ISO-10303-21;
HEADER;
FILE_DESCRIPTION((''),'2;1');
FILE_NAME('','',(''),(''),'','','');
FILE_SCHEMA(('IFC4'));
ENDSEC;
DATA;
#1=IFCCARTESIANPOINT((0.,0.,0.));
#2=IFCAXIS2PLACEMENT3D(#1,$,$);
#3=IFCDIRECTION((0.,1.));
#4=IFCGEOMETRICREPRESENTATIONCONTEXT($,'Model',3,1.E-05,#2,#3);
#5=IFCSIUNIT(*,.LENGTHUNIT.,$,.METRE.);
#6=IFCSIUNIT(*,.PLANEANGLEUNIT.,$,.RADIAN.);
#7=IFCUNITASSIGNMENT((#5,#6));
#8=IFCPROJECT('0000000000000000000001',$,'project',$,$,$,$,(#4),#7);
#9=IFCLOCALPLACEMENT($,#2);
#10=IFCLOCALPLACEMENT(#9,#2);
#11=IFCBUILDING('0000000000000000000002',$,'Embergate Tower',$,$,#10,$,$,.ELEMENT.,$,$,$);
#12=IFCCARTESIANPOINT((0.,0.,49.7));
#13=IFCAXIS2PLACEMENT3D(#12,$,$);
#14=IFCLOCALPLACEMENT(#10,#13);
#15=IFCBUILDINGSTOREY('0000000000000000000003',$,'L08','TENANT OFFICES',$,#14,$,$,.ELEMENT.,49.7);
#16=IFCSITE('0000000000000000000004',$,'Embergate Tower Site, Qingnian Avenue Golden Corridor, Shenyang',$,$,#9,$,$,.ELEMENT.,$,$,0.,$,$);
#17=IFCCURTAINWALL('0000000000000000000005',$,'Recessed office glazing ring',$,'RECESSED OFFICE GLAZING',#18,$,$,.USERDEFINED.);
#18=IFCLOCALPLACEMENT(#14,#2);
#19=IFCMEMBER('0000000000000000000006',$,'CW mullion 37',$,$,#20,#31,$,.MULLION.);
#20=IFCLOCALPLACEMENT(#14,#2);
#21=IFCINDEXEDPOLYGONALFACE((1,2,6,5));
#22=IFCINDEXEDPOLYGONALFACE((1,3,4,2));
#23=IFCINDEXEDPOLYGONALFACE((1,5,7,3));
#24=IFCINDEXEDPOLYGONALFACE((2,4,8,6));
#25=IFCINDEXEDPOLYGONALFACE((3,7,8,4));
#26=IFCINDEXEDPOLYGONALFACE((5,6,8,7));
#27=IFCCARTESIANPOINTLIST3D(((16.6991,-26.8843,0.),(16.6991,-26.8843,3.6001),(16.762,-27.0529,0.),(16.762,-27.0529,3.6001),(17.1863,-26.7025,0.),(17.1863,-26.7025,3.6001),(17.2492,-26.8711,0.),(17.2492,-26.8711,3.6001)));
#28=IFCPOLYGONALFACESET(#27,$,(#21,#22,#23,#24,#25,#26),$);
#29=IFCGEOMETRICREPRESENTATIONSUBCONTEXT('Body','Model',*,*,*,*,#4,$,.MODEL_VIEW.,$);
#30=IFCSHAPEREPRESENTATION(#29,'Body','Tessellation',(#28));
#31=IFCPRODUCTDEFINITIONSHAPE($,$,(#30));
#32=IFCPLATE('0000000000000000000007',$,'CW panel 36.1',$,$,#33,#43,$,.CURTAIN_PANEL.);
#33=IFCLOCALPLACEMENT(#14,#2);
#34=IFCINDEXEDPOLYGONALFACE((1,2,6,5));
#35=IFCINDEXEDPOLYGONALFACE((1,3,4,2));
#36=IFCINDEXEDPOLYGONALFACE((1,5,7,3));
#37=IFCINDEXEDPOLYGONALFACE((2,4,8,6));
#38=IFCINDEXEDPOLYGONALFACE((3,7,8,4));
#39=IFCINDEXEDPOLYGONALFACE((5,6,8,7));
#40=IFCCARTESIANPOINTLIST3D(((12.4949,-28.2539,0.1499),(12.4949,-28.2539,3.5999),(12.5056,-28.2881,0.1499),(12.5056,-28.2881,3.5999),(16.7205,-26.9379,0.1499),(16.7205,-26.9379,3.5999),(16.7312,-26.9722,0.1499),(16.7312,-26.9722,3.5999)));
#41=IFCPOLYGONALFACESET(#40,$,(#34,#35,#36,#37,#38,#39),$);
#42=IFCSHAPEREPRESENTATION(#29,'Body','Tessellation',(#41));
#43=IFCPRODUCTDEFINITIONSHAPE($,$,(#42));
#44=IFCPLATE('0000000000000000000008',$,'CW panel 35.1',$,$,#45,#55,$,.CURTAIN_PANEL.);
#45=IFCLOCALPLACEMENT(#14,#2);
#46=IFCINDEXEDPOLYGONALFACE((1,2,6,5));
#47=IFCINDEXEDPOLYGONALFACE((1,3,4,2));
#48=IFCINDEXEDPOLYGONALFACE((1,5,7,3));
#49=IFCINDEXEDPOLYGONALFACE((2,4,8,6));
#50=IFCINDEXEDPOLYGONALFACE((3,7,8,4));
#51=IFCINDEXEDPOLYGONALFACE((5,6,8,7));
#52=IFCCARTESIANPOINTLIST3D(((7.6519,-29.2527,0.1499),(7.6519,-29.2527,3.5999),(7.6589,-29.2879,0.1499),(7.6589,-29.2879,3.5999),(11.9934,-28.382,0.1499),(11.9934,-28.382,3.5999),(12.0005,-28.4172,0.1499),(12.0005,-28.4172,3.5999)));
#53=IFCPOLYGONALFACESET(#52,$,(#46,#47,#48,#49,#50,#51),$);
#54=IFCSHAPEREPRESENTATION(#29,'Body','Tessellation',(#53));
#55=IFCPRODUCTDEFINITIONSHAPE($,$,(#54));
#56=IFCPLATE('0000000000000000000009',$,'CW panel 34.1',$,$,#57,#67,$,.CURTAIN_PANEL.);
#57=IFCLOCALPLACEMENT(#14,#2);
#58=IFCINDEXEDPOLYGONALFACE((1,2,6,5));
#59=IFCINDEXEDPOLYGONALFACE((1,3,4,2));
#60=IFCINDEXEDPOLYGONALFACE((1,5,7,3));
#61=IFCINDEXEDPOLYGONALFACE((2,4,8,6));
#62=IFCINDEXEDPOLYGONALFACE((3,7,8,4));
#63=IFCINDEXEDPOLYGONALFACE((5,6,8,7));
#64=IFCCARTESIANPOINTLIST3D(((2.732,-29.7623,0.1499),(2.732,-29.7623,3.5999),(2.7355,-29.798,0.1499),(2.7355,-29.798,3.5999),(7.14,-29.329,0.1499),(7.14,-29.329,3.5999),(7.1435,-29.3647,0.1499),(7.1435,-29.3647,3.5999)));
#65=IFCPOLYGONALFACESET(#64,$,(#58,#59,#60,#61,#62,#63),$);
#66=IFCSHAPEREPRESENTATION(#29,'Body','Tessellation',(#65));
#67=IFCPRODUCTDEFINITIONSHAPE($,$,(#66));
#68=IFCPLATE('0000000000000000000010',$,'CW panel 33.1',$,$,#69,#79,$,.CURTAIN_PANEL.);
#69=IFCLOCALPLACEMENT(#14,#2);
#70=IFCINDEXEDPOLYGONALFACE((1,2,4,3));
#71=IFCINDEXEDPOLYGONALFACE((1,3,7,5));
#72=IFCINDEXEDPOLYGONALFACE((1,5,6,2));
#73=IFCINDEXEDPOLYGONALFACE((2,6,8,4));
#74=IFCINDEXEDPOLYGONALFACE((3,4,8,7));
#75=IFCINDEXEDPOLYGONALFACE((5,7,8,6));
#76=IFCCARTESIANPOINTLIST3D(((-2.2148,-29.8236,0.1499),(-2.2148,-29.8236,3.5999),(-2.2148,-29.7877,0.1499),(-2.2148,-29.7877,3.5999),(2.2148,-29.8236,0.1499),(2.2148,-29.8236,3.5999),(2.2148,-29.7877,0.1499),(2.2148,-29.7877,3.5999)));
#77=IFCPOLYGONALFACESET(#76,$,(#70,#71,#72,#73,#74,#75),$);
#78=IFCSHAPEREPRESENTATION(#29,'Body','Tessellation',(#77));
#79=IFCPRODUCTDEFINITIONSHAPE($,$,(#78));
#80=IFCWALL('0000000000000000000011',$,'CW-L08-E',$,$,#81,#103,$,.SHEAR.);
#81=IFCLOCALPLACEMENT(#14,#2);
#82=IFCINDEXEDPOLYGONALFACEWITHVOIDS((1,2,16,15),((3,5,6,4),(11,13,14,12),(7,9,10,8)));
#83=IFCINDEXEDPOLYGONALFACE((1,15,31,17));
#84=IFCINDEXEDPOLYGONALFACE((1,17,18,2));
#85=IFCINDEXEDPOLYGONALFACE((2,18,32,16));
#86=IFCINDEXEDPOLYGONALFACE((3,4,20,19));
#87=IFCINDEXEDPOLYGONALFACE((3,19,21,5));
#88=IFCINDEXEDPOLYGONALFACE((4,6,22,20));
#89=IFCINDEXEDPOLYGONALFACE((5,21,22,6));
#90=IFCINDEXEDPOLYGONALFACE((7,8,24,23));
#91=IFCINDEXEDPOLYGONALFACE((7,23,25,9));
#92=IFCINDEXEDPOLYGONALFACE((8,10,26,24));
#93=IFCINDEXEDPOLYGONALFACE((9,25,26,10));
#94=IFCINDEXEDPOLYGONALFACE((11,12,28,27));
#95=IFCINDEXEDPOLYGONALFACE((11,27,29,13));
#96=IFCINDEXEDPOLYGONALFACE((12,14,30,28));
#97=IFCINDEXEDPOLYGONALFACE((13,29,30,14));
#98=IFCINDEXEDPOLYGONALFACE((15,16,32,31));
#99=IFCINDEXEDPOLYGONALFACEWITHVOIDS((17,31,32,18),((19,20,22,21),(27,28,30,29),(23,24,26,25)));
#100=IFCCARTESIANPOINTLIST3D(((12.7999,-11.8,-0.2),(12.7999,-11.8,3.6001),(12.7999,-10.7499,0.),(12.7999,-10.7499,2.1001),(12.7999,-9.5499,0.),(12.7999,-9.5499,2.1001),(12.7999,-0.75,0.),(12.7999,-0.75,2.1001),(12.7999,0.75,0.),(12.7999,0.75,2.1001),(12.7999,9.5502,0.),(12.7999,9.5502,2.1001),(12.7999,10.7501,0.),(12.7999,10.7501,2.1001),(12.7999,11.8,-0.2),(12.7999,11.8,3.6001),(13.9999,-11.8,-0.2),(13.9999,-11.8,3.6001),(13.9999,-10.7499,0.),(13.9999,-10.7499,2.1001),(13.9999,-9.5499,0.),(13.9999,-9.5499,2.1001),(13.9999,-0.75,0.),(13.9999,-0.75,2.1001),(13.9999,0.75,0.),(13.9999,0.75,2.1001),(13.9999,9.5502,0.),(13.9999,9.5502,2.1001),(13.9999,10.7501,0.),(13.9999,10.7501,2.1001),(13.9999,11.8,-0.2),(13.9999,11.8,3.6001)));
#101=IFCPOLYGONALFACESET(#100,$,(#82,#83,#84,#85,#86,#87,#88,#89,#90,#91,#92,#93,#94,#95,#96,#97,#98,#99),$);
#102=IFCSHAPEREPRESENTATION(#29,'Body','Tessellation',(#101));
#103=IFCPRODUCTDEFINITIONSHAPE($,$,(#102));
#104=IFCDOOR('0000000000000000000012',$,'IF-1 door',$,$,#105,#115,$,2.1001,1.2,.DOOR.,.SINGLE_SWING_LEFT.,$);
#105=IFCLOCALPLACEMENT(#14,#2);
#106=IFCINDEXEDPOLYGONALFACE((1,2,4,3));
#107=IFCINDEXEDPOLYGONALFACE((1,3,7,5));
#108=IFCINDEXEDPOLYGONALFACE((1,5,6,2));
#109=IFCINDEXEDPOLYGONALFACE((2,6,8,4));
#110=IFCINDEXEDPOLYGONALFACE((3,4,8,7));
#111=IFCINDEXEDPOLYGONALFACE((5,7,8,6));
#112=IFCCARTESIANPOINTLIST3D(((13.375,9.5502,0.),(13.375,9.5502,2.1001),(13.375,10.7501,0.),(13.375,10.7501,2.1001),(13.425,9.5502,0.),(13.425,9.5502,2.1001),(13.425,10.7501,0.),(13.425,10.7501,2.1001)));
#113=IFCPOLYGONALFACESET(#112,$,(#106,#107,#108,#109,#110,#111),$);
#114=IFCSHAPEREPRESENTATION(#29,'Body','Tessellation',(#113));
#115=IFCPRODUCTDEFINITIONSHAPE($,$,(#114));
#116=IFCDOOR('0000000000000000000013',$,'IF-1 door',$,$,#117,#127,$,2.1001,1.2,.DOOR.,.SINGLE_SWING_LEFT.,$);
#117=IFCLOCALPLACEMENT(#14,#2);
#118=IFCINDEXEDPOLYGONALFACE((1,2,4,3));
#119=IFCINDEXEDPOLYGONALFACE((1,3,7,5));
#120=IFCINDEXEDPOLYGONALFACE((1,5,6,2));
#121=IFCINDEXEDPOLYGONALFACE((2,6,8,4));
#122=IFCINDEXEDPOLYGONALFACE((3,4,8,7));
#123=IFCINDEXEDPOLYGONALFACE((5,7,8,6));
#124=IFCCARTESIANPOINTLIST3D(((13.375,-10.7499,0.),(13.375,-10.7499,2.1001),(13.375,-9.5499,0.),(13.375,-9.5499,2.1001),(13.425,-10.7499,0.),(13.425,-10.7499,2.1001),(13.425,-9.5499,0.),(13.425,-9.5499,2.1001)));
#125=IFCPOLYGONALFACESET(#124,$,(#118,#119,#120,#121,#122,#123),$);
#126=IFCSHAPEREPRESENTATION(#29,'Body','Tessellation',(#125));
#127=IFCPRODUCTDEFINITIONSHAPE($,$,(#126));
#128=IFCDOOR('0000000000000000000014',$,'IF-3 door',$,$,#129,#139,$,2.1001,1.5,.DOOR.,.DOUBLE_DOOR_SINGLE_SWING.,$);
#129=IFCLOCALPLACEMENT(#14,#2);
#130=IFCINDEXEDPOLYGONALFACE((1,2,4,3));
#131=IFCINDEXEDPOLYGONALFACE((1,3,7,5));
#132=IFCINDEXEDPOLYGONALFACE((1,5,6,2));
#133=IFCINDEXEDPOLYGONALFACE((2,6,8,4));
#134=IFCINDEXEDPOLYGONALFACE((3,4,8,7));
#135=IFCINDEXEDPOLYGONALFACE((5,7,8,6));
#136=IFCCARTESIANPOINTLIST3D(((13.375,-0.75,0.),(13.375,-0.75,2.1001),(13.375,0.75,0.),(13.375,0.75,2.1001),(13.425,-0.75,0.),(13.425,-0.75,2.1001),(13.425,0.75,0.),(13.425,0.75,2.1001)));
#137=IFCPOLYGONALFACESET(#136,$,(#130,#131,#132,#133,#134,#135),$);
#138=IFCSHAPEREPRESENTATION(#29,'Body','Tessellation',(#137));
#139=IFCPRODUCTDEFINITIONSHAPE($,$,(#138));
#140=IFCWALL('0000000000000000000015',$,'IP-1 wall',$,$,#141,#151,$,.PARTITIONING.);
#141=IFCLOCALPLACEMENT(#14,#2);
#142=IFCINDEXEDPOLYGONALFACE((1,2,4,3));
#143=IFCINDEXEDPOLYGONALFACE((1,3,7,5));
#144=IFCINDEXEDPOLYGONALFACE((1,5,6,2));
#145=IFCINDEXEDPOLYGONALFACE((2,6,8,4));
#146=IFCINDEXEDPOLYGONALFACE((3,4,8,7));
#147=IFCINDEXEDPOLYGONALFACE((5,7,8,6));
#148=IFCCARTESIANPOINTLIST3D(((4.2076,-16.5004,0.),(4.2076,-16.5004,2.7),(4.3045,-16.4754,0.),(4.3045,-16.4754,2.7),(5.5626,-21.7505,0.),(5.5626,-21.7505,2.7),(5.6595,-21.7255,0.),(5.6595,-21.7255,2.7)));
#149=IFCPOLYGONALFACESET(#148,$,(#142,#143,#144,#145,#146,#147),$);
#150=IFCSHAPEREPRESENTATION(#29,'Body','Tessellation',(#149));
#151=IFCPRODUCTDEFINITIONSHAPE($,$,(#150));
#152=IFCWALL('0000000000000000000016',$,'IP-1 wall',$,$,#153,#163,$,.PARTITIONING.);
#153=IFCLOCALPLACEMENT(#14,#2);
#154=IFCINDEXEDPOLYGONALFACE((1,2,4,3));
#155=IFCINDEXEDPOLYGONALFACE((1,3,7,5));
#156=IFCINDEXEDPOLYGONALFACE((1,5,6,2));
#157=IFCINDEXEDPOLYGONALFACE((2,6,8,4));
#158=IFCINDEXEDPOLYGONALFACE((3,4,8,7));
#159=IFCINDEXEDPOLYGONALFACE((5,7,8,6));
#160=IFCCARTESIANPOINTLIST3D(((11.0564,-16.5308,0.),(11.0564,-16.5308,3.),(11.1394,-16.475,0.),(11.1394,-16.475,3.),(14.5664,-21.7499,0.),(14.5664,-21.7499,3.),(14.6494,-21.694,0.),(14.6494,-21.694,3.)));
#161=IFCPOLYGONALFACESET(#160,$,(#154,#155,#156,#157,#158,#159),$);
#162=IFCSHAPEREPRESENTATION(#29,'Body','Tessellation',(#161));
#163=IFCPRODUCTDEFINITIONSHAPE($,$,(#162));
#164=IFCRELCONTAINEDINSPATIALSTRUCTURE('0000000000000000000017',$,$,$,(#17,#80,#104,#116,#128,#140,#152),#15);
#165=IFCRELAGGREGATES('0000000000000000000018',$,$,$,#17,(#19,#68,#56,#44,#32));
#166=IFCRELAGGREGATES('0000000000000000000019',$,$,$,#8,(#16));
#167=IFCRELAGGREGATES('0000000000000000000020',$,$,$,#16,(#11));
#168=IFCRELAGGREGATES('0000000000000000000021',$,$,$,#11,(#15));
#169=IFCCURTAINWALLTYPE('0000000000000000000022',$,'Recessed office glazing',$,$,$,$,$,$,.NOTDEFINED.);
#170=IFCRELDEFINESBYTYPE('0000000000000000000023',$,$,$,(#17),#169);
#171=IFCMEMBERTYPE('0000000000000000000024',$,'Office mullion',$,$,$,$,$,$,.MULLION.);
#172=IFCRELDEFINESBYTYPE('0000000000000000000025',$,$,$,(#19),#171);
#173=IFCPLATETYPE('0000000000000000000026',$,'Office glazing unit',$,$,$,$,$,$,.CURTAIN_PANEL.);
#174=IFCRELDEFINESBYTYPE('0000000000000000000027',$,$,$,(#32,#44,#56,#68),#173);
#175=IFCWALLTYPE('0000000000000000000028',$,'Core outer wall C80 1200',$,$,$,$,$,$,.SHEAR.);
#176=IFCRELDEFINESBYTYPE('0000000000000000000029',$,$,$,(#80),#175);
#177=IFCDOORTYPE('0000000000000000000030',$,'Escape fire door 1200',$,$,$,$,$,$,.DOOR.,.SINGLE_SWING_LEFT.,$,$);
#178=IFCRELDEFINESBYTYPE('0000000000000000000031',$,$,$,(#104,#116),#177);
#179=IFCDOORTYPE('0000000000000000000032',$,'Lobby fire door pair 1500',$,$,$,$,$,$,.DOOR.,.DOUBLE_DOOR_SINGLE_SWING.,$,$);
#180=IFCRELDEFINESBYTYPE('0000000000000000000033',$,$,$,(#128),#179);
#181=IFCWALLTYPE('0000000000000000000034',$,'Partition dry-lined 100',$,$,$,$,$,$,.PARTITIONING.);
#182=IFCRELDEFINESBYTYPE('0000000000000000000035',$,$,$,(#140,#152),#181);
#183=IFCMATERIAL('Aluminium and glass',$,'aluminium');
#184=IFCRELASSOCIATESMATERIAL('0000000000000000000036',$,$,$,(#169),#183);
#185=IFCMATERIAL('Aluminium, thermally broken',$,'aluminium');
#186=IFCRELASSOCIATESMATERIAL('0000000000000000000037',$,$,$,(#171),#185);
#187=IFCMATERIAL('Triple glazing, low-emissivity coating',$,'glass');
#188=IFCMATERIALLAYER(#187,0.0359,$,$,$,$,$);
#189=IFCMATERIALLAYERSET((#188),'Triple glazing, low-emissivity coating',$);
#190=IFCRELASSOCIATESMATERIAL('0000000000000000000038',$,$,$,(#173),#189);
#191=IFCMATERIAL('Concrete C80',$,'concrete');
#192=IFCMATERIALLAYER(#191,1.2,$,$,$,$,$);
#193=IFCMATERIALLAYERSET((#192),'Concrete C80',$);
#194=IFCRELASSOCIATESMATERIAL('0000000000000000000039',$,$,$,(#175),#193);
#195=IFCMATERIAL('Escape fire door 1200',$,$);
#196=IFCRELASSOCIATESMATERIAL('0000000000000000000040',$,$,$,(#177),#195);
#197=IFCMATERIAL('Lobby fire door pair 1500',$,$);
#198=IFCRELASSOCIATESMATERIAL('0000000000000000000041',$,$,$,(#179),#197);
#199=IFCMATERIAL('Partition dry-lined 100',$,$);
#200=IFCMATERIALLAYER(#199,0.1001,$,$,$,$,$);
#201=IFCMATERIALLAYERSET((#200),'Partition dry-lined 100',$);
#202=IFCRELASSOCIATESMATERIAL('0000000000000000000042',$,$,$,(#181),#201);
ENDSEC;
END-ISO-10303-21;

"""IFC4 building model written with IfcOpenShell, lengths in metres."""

from ifc_helpers import new_model, si_unit, direction, frame, frame_2d, origin, origin_2d, place, context, subcontext, project, spatial, rectangle, extrude, source, transform, mapped, material, layer, layer_set, material_profile, profile_set, type_object, element, fill, aggregate, save


model = new_model("IFC4")

# Units and contexts
model_context = context("Model", 3, precision=1e-05, world=origin(), true_north=direction((0.0, 1.0)))
body_context = subcontext(model_context, "Body", "Model", "MODEL_VIEW")
ifc_project = project(units=[si_unit("LENGTHUNIT", "METRE"), si_unit("PLANEANGLEUNIT", "RADIAN")], contexts=[model_context])

# Site, building, storey
site_placement = place(None, origin())
site = spatial("IfcSite", under=ifc_project, at=site_placement, Name="Embergate Tower Site, Qingnian Avenue Golden Corridor, Shenyang", CompositionType="ELEMENT", RefElevation=0.0)
building_placement = place(site_placement, origin())
building = spatial("IfcBuilding", under=site, at=building_placement, Name="Embergate Tower", CompositionType="ELEMENT")
storey_placement = place(building_placement, frame((0.0, 0.0, 49.7)))
storey = spatial("IfcBuildingStorey", under=building, at=storey_placement, Name="L08", Description="TENANT OFFICES", CompositionType="ELEMENT", Elevation=49.7)

# Curtain wall, member, plates
ifc_material_1 = material(Name="Aluminium and glass", Category="aluminium")
curtain_wall_type = type_object("IfcCurtainWallType", Name="Recessed office glazing", PredefinedType="NOTDEFINED", material=ifc_material_1)
curtain_wall_placement = place(storey_placement, origin())
curtain_wall = element("IfcCurtainWall", 1, at=curtain_wall_placement, inside=storey, type_object=curtain_wall_type, Name="Recessed office glazing ring", ObjectType="RECESSED OFFICE GLAZING", PredefinedType="USERDEFINED")
ifc_material_2 = material(Name="Aluminium, thermally broken", Category="aluminium")
ifc_material_profile_1 = material_profile(ifc_material_2, rectangle(XDim=0.1799, YDim=0.52, at=origin_2d()), Name="AL 520x180")
ifc_profile_set_1 = profile_set([ifc_material_profile_1], Name="Aluminium, thermally broken")
member_type_1 = type_object("IfcMemberType", Name="Office mullion", PredefinedType="MULLION", material=ifc_profile_set_1)
shared_shape_1 = source(origin(), body_context, "Body", "SweptSolid", [
    extrude(rectangle(XDim=0.1799, YDim=0.52, at=origin_2d()), origin(), (0.0, 0.0, 1.0), 3.6001),
])
member_1_placement = place(storey_placement, frame((16.9741, -26.8777, 0.0), z_axis=(0.0, 0.0, 1.0), x_axis=(-0.349503, 0.936935, 0.0)))
member_1 = element("IfcMember", 2, at=member_1_placement, type_object=member_type_1, Name="CW mullion 37", PredefinedType="MULLION", context=body_context, shape_type="MappedRepresentation", body=[
    mapped(shared_shape_1, transform((0.0, 0.0, 0.0))),
])
ifc_material_3 = material(Name="Triple glazing, low-emissivity coating", Category="glass")
ifc_layer_1 = layer(ifc_material_3, 0.0359)
ifc_layer_set_1 = layer_set([ifc_layer_1], Name="Triple glazing, low-emissivity coating")
plate_type = type_object("IfcPlateType", Name="Office glazing unit", PredefinedType="CURTAIN_PANEL", material=ifc_layer_set_1)
shared_shape_2 = source(origin(), body_context, "Body", "SweptSolid", [
    extrude(rectangle(XDim=4.4258, YDim=0.0359, at=origin_2d()), origin(), (0.0, 0.0, 1.0), 3.45),
])
plate_1_placement = place(storey_placement, frame((14.613, -27.613, 0.1499), z_axis=(0.0, 0.0, 1.0), x_axis=(0.954772, 0.297338, 0.0)))
plate_1 = element("IfcPlate", 3, at=plate_1_placement, type_object=plate_type, Name="CW panel 36.1", PredefinedType="CURTAIN_PANEL", context=body_context, shape_type="MappedRepresentation", body=[
    mapped(shared_shape_2, transform((0.0, 0.0, 0.0))),
])
shared_shape_3 = source(origin(), body_context, "Body", "SweptSolid", [
    extrude(rectangle(XDim=4.428, YDim=0.0359, at=origin_2d()), origin(), (0.0, 0.0, 1.0), 3.45),
])
plate_2_placement = place(storey_placement, frame((9.8262, -28.835, 0.1499), z_axis=(0.0, 0.0, 1.0), x_axis=(0.980476, 0.196639, 0.0)))
plate_2 = element("IfcPlate", 4, at=plate_2_placement, type_object=plate_type, Name="CW panel 35.1", PredefinedType="CURTAIN_PANEL", context=body_context, shape_type="MappedRepresentation", body=[
    mapped(shared_shape_3, transform((0.0, 0.0, 0.0))),
])
shared_shape_4 = source(origin(), body_context, "Body", "SweptSolid", [
    extrude(rectangle(XDim=4.4292, YDim=0.0359, at=origin_2d()), origin(), (0.0, 0.0, 1.0), 3.45),
])
plate_3_placement = place(storey_placement, frame((4.9377, -29.5635, 0.1499), z_axis=(0.0, 0.0, 1.0), x_axis=(0.995203, 0.09783, 0.0)))
plate_3 = element("IfcPlate", 5, at=plate_3_placement, type_object=plate_type, Name="CW panel 34.1", PredefinedType="CURTAIN_PANEL", context=body_context, shape_type="MappedRepresentation", body=[
    mapped(shared_shape_4, transform((0.0, 0.0, 0.0))),
])
shared_shape_5 = source(origin(), body_context, "Body", "SweptSolid", [
    extrude(rectangle(XDim=4.4297, YDim=0.0359, at=origin_2d()), origin(), (0.0, 0.0, 1.0), 3.45),
])
plate_4_placement = place(storey_placement, frame((0.0, -29.8057, 0.1499), z_axis=(0.0, 0.0, 1.0), x_axis=(1.0, 0.0, 0.0)))
plate_4 = element("IfcPlate", 6, at=plate_4_placement, type_object=plate_type, Name="CW panel 33.1", PredefinedType="CURTAIN_PANEL", context=body_context, shape_type="MappedRepresentation", body=[
    mapped(shared_shape_5, transform((0.0, 0.0, 0.0))),
])
aggregate(curtain_wall, [member_1, plate_4, plate_3, plate_2, plate_1])

# Wall, openings, doors
ifc_material_4 = material(Name="Concrete C80", Category="concrete")
ifc_layer_2 = layer(ifc_material_4, 1.2)
ifc_layer_set_2 = layer_set([ifc_layer_2], Name="Concrete C80")
wall_type_1 = type_object("IfcWallType", Name="Core outer wall C80 1200", PredefinedType="SHEAR", material=ifc_layer_set_2)
shared_shape_6 = source(origin(), body_context, "Body", "SweptSolid", [
    extrude(rectangle(XDim=23.6001, YDim=1.2, at=frame_2d((11.8, 0.0))), origin(), (0.0, 0.0, 1.0), 3.8),
])
wall_1_placement = place(storey_placement, frame((13.3999, -11.8, -0.2), z_axis=(0.0, 0.0, 1.0), x_axis=(0.0, 1.0, 0.0)))
wall_1 = element("IfcWall", 7, at=wall_1_placement, inside=storey, type_object=wall_type_1, Name="CW-L08-E", PredefinedType="SHEAR", context=body_context, shape_type="MappedRepresentation", body=[
    mapped(shared_shape_6, transform((0.0, 0.0, 0.0))),
])
shared_shape_7 = source(origin(), body_context, "Body", "SweptSolid", [
    extrude(rectangle(XDim=1.2, YDim=2.1001, at=frame_2d((0.6001, 1.05))), frame((0.0, 0.6099, 0.0), z_axis=(0.0, -1.0, 0.0), x_axis=(1.0, 0.0, 0.0)), (0.0, 0.0, 1.0), 1.22),
])
opening_1_placement = place(wall_1_placement, frame((21.3501, 0.0, 0.2)))
opening_1 = element("IfcOpeningElement", 8, at=opening_1_placement, cuts=wall_1, PredefinedType="OPENING", context=body_context, shape_type="MappedRepresentation", body=[
    mapped(shared_shape_7, transform((0.0, 0.0, 0.0))),
])
opening_2_placement = place(wall_1_placement, frame((1.05, 0.0, 0.2)))
opening_2 = element("IfcOpeningElement", 9, at=opening_2_placement, cuts=wall_1, PredefinedType="OPENING", context=body_context, shape_type="MappedRepresentation", body=[
    mapped(shared_shape_7, transform((0.0, 0.0, 0.0))),
])
shared_shape_8 = source(origin(), body_context, "Body", "SweptSolid", [
    extrude(rectangle(XDim=1.5, YDim=2.1001, at=frame_2d((0.75, 1.05))), frame((0.0, 0.6099, 0.0), z_axis=(0.0, -1.0, 0.0), x_axis=(1.0, 0.0, 0.0)), (0.0, 0.0, 1.0), 1.22),
])
opening_3_placement = place(wall_1_placement, frame((11.05, 0.0, 0.2)))
opening_3 = element("IfcOpeningElement", 10, at=opening_3_placement, cuts=wall_1, PredefinedType="OPENING", context=body_context, shape_type="MappedRepresentation", body=[
    mapped(shared_shape_8, transform((0.0, 0.0, 0.0))),
])
ifc_material_5 = material(Name="Escape fire door 1200")
door_type_1 = type_object("IfcDoorType", Name="Escape fire door 1200", OperationType="SINGLE_SWING_LEFT", PredefinedType="DOOR", material=ifc_material_5)
shared_shape_9 = source(origin(), body_context, "Body", "SweptSolid", [
    extrude(rectangle(XDim=1.2, YDim=2.1001, at=frame_2d((0.6001, 1.05))), frame((0.0, 0.0249, 0.0), z_axis=(0.0, -1.0, 0.0), x_axis=(1.0, 0.0, 0.0)), (0.0, 0.0, 1.0), 0.05),
])
door_1_placement = place(opening_1_placement, origin())
door_1 = element("IfcDoor", 11, at=door_1_placement, inside=storey, type_object=door_type_1, Name="IF-1 door", OperationType="SINGLE_SWING_LEFT", OverallHeight=2.1001, OverallWidth=1.2, PredefinedType="DOOR", context=body_context, shape_type="MappedRepresentation", body=[
    mapped(shared_shape_9, transform((0.0, 0.0, 0.0))),
])
fill(opening_1, door_1)
door_2_placement = place(opening_2_placement, origin())
door_2 = element("IfcDoor", 12, at=door_2_placement, inside=storey, type_object=door_type_1, Name="IF-1 door", OperationType="SINGLE_SWING_LEFT", OverallHeight=2.1001, OverallWidth=1.2, PredefinedType="DOOR", context=body_context, shape_type="MappedRepresentation", body=[
    mapped(shared_shape_9, transform((0.0, 0.0, 0.0))),
])
fill(opening_2, door_2)
ifc_material_6 = material(Name="Lobby fire door pair 1500")
door_type_2 = type_object("IfcDoorType", Name="Lobby fire door pair 1500", OperationType="DOUBLE_DOOR_SINGLE_SWING", PredefinedType="DOOR", material=ifc_material_6)
shared_shape_10 = source(origin(), body_context, "Body", "SweptSolid", [
    extrude(rectangle(XDim=1.5, YDim=2.1001, at=frame_2d((0.75, 1.05))), frame((0.0, 0.0249, 0.0), z_axis=(0.0, -1.0, 0.0), x_axis=(1.0, 0.0, 0.0)), (0.0, 0.0, 1.0), 0.05),
])
door_3_placement = place(opening_3_placement, origin())
door_3 = element("IfcDoor", 13, at=door_3_placement, inside=storey, type_object=door_type_2, Name="IF-3 door", OperationType="DOUBLE_DOOR_SINGLE_SWING", OverallHeight=2.1001, OverallWidth=1.5, PredefinedType="DOOR", context=body_context, shape_type="MappedRepresentation", body=[
    mapped(shared_shape_10, transform((0.0, 0.0, 0.0))),
])
fill(opening_3, door_3)

# Walls
ifc_material_7 = material(Name="Partition dry-lined 100")
ifc_layer_3 = layer(ifc_material_7, 0.1001)
ifc_layer_set_3 = layer_set([ifc_layer_3], Name="Partition dry-lined 100")
wall_type_2 = type_object("IfcWallType", Name="Partition dry-lined 100", PredefinedType="PARTITIONING", material=ifc_layer_set_3)
shared_shape_11 = source(origin(), body_context, "Body", "SweptSolid", [
    extrude(rectangle(XDim=5.4221, YDim=0.1001, at=frame_2d((2.7109, 0.0))), origin(), (0.0, 0.0, 1.0), 2.7),
])
wall_2_placement = place(storey_placement, frame((4.2561, -16.488, 0.0), z_axis=(0.0, 0.0, 1.0), x_axis=(0.249903, -0.968271, 0.0)))
element("IfcWall", 14, at=wall_2_placement, inside=storey, type_object=wall_type_2, Name="IP-1 wall", PredefinedType="PARTITIONING", context=body_context, shape_type="MappedRepresentation", body=[
    mapped(shared_shape_11, transform((0.0, 0.0, 0.0))),
])
shared_shape_12 = source(origin(), body_context, "Body", "SweptSolid", [
    extrude(rectangle(XDim=6.2896, YDim=0.1001, at=frame_2d((3.1448, 0.0))), origin(), (0.0, 0.0, 1.0), 3.0),
])
wall_3_placement = place(storey_placement, frame((14.6079, -21.7219, 0.0), z_axis=(0.0, 0.0, 1.0), x_axis=(-0.558073, 0.829792, 0.0)))
element("IfcWall", 15, at=wall_3_placement, inside=storey, type_object=wall_type_2, Name="IP-1 wall", PredefinedType="PARTITIONING", context=body_context, shape_type="MappedRepresentation", body=[
    mapped(shared_shape_12, transform((0.0, 0.0, 0.0))),
])

save(model, "model.ifc")
